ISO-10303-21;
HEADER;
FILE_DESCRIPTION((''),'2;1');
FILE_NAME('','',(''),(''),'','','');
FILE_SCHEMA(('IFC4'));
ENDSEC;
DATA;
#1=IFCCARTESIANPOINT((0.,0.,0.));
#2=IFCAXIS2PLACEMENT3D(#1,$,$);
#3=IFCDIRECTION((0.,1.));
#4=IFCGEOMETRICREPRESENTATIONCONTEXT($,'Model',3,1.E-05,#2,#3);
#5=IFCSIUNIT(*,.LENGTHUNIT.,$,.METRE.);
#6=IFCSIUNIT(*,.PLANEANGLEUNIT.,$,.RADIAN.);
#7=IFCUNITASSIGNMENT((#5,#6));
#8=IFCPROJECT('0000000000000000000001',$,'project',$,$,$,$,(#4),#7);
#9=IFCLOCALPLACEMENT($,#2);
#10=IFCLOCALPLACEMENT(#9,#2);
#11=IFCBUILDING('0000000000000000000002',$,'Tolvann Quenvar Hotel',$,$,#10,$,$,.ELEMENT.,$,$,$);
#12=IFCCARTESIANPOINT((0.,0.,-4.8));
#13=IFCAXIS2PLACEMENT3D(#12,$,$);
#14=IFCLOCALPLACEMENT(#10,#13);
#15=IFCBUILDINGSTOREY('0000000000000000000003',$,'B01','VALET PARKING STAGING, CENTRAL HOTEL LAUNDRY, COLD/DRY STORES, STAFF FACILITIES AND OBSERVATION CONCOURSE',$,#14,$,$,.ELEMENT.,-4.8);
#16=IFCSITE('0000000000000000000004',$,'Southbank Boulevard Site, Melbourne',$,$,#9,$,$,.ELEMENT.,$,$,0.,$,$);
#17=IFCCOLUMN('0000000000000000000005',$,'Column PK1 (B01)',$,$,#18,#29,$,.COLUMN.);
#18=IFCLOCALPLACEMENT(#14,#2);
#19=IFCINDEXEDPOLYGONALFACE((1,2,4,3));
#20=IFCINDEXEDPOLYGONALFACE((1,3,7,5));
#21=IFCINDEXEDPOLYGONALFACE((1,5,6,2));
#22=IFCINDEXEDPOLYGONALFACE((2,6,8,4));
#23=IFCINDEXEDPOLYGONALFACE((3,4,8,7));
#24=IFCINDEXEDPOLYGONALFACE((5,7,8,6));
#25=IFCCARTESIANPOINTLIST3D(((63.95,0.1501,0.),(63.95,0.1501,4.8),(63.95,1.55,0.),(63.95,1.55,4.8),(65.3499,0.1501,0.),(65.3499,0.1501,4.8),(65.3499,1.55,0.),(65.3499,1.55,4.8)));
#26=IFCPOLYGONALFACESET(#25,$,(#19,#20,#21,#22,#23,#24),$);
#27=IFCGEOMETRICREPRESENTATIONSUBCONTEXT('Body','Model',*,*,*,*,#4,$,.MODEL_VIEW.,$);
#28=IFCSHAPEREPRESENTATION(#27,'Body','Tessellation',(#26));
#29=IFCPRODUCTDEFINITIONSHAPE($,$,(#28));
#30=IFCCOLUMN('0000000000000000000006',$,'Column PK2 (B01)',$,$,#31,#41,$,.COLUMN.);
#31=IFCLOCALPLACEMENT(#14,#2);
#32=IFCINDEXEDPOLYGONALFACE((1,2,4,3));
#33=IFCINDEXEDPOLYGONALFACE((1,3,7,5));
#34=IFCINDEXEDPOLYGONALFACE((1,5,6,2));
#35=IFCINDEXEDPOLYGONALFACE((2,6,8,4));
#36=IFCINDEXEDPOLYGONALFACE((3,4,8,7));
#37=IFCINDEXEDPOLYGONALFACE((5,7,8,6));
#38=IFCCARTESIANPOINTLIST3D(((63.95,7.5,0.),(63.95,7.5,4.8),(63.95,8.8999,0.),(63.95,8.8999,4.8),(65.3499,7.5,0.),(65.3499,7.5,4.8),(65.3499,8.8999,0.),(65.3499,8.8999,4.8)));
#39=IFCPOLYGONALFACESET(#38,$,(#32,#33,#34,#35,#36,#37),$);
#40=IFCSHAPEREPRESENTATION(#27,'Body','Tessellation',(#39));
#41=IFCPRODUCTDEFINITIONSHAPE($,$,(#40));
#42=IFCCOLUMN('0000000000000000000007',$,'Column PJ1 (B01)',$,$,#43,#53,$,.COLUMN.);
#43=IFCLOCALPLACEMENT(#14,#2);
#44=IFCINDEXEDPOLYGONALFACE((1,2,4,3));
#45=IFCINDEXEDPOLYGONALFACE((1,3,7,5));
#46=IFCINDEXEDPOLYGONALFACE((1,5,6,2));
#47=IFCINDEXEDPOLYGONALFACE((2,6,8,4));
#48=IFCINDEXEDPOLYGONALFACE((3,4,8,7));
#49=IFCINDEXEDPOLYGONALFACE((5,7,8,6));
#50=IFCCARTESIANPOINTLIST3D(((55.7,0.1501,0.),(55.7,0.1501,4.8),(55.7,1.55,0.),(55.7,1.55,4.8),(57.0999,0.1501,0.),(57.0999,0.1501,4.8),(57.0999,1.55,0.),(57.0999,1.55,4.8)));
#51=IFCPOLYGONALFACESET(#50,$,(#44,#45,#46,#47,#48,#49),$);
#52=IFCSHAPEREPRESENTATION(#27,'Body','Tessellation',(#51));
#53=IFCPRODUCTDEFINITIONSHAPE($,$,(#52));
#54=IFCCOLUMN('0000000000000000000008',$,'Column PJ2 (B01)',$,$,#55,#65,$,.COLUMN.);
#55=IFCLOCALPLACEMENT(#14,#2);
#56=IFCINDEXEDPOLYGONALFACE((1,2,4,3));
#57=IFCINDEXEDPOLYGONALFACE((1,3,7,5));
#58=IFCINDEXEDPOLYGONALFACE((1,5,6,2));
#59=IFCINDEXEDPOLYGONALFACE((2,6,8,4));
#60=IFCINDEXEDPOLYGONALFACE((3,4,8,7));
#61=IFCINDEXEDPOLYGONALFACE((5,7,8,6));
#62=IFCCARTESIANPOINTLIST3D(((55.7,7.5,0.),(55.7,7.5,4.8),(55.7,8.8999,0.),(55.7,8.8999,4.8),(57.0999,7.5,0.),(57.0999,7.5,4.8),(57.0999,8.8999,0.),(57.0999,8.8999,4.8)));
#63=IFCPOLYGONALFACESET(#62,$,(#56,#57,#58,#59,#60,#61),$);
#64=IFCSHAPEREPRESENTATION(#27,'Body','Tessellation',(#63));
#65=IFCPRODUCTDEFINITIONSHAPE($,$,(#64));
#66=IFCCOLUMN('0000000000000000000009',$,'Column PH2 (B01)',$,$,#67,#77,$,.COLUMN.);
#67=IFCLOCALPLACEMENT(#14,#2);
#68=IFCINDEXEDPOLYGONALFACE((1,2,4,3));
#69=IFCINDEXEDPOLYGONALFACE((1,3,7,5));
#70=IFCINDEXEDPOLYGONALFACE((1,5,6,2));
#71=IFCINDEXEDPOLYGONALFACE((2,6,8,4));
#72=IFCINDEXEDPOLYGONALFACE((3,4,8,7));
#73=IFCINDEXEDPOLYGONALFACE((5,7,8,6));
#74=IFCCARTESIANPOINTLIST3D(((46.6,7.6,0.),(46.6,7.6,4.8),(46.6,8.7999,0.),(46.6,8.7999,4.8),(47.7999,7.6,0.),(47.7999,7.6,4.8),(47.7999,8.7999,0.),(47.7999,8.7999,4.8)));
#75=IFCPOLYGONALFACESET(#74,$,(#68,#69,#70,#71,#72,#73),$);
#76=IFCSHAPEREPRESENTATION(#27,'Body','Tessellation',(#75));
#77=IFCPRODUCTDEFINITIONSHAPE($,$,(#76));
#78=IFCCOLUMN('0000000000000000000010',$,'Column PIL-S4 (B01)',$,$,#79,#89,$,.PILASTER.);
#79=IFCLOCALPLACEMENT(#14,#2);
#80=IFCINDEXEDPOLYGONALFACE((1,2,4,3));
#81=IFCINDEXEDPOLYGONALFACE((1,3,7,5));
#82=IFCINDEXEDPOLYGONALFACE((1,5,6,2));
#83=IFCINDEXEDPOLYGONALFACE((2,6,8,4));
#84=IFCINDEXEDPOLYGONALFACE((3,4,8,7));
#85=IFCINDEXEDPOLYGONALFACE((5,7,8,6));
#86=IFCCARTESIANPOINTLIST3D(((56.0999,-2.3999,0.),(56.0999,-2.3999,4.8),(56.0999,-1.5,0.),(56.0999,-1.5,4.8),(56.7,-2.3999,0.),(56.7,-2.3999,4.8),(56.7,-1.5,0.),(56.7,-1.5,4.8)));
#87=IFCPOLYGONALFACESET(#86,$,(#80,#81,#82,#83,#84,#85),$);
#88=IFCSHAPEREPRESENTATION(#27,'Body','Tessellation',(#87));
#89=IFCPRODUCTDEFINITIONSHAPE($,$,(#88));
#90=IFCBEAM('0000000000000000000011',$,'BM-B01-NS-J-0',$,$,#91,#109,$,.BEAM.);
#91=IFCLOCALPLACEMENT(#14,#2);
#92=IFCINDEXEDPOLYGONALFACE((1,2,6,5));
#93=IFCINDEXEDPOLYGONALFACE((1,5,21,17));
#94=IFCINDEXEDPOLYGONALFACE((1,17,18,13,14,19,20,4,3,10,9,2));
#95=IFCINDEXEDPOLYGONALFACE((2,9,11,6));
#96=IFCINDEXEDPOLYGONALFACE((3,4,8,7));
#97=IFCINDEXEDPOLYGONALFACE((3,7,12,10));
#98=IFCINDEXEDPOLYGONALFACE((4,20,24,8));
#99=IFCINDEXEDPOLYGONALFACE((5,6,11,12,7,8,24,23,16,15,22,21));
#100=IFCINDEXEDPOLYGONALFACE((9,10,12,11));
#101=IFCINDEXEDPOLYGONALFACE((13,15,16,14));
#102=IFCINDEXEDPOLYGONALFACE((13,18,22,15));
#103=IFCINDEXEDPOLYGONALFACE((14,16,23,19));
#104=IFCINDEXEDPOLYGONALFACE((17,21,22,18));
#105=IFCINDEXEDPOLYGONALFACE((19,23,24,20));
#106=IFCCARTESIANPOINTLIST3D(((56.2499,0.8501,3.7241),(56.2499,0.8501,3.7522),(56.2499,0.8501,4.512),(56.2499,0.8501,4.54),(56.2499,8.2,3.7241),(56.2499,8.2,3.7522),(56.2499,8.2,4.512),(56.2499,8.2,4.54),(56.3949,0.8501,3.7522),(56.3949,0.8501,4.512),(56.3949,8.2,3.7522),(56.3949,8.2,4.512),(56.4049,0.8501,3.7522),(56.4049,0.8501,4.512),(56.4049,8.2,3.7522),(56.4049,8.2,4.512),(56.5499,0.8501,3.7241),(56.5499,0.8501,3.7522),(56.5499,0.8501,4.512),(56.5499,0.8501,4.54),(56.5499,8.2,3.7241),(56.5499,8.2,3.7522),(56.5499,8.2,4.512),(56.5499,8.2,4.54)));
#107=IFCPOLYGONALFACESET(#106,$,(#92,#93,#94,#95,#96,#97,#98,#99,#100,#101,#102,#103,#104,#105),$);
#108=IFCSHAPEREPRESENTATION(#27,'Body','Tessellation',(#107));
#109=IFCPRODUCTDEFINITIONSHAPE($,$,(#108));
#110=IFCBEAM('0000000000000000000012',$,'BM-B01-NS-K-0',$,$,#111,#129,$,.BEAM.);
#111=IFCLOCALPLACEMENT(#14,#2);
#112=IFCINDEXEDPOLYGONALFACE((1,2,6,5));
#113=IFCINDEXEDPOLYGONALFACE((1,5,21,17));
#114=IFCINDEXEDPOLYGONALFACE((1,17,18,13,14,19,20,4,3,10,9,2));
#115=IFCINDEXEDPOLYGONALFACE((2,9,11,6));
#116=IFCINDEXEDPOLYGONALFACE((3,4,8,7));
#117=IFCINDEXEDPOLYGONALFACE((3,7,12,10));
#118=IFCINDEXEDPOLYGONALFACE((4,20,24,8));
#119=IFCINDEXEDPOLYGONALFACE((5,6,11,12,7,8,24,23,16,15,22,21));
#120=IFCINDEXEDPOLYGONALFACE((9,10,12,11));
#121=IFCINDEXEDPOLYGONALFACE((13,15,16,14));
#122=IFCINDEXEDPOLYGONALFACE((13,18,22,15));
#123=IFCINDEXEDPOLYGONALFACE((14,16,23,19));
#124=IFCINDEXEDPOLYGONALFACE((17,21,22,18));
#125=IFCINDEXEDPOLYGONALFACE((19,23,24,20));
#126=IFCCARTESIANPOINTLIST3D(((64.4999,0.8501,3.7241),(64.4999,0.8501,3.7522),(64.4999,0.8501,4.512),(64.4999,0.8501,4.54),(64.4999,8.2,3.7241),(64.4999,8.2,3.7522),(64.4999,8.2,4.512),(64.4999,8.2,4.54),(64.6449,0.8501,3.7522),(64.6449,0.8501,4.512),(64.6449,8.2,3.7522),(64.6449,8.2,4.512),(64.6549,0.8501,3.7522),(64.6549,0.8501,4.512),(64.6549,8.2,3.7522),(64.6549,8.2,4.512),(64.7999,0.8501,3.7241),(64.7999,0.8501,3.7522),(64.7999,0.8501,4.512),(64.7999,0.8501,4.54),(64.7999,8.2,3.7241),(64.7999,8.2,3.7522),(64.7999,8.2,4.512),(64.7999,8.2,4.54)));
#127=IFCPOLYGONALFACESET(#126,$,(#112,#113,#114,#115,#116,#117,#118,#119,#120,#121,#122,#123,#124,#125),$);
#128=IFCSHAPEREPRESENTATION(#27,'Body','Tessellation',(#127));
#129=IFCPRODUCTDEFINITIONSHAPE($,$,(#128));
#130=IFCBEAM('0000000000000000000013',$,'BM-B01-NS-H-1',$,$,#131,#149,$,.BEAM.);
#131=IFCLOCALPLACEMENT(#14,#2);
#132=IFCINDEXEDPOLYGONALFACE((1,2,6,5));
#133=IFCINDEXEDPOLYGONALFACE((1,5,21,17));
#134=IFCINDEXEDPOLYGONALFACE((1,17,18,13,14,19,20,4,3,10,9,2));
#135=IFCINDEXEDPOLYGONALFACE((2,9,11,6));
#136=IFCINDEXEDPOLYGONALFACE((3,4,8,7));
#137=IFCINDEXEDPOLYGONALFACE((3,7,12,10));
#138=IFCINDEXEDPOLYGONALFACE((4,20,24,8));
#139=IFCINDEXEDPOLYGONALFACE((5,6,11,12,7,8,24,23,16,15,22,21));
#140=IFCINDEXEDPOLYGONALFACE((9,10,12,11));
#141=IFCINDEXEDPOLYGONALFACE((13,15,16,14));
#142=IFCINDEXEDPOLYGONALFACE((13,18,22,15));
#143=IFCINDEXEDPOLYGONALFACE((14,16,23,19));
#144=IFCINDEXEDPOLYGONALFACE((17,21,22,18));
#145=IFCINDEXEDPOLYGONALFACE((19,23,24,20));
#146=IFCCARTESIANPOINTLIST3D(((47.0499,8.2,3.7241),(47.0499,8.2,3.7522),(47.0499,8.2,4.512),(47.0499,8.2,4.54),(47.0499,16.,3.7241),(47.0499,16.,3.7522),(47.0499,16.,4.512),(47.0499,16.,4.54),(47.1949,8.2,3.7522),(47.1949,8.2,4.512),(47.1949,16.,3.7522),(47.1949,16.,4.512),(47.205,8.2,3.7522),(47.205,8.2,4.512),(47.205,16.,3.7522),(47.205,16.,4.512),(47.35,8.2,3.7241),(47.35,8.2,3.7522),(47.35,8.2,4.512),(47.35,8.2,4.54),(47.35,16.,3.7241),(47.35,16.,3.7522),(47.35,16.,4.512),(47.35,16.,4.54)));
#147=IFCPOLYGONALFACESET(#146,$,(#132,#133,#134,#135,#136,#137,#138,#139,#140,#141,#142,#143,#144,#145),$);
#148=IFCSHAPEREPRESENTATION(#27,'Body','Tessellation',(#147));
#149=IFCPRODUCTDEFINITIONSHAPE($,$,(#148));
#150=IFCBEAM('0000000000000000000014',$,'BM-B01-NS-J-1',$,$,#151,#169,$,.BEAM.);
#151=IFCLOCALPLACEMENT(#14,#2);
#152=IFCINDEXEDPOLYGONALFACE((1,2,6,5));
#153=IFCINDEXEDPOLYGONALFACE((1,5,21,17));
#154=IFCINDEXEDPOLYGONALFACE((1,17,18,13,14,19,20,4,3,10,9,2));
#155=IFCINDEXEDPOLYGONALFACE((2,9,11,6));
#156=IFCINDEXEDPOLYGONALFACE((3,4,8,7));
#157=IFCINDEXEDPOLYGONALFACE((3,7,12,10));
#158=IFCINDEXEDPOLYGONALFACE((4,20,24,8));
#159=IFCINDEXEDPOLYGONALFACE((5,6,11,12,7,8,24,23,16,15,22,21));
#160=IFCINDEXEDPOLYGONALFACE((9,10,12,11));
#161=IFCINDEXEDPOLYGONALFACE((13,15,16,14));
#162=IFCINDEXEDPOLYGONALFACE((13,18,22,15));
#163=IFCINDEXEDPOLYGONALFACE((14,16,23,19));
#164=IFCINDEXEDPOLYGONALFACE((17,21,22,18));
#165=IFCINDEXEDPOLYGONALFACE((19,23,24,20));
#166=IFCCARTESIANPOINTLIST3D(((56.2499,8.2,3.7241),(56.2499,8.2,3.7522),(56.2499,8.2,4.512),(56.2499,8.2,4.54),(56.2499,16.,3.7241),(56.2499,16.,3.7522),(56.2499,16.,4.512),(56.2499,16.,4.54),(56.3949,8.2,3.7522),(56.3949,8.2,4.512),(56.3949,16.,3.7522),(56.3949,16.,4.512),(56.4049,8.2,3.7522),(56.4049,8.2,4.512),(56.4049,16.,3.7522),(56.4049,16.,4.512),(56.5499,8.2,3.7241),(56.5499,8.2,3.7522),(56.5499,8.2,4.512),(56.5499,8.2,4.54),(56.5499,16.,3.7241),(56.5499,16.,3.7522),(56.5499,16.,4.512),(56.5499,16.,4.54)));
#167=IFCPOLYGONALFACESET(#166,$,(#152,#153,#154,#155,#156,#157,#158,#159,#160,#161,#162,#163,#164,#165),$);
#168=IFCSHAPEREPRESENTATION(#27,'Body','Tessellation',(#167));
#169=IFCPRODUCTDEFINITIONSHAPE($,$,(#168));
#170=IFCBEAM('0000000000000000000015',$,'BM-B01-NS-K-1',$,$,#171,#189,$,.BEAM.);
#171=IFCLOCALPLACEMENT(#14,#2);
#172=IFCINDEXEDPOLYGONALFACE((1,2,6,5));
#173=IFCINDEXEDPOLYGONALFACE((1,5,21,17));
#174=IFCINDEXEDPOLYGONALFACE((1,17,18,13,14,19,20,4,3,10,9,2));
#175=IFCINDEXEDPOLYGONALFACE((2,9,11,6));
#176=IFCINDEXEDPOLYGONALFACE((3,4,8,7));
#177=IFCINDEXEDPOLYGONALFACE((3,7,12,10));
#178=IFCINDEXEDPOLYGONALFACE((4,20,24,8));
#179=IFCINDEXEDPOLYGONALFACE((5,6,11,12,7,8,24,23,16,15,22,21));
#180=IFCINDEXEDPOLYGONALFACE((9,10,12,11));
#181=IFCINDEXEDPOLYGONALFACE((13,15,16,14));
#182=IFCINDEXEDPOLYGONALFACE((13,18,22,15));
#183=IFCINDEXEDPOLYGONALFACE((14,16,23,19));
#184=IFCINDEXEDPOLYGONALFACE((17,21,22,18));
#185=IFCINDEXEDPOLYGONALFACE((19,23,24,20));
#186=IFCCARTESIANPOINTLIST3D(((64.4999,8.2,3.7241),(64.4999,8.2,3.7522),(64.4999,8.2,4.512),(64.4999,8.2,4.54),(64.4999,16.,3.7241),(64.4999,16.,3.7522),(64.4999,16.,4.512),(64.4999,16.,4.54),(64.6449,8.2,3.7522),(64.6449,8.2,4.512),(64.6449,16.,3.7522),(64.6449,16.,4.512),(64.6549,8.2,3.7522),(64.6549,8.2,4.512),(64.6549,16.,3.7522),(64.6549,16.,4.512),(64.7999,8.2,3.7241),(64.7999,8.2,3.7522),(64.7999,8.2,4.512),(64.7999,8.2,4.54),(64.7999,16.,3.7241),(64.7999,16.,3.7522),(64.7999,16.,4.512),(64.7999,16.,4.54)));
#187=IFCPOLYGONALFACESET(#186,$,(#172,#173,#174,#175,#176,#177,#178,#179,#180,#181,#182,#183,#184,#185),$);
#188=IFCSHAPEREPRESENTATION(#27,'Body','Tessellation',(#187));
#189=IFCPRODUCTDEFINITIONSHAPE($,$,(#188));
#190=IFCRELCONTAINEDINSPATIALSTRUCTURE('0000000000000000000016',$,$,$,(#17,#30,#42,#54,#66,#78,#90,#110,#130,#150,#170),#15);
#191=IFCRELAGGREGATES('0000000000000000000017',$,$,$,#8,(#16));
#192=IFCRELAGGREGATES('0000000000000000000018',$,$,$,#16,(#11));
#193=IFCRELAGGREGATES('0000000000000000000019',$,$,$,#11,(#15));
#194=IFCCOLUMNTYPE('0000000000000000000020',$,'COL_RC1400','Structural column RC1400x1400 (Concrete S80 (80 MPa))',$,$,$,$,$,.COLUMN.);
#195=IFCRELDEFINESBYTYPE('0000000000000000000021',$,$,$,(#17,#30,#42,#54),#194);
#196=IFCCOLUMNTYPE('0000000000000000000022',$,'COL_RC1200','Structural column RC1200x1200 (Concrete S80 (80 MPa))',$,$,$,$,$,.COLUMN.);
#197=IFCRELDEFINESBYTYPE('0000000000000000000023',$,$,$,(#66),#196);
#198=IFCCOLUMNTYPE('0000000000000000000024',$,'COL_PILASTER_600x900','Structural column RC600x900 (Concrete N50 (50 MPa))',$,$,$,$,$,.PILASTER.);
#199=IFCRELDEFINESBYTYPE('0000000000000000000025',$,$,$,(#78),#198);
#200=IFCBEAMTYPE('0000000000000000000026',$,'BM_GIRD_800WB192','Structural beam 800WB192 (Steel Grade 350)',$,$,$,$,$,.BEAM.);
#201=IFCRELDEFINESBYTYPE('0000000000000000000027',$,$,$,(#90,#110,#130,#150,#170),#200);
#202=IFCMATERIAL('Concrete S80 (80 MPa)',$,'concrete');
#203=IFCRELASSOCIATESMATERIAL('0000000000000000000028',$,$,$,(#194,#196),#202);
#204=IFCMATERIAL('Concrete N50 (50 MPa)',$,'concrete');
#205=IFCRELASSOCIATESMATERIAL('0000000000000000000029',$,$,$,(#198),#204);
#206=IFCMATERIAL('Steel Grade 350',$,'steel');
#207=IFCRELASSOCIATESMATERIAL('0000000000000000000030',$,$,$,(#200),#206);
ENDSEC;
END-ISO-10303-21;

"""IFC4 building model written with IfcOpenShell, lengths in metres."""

from ifc_helpers import new_model, si_unit, direction, frame, origin, origin_2d, place, context, subcontext, project, spatial, rectangle, i_section, extrude, source, transform, mapped, material, material_profile, profile_set, type_object, type_shapes, element, save


model = new_model("IFC4")

# Units and contexts
model_context = context("Model", 3, precision=1e-05, world=origin(), true_north=direction((0.0, 1.0)))
body_context = subcontext(model_context, "Body", "Model", "MODEL_VIEW")
ifc_project = project(units=[si_unit("LENGTHUNIT", "METRE"), si_unit("PLANEANGLEUNIT", "RADIAN")], contexts=[model_context])

# Site, building, storey
site_placement = place(None, origin())
site = spatial("IfcSite", under=ifc_project, at=site_placement, Name="Southbank Boulevard Site, Melbourne", CompositionType="ELEMENT", RefElevation=0.0)
building_placement = place(site_placement, origin())
building = spatial("IfcBuilding", under=site, at=building_placement, Name="Tolvann Quenvar Hotel", CompositionType="ELEMENT")
storey_placement = place(building_placement, frame((0.0, 0.0, -4.8)))
storey = spatial("IfcBuildingStorey", under=building, at=storey_placement, Name="B01", Description="VALET PARKING STAGING, CENTRAL HOTEL LAUNDRY, COLD/DRY STORES, STAFF FACILITIES AND OBSERVATION CONCOURSE", CompositionType="ELEMENT", Elevation=-4.8)

# Columns
ifc_material_1 = material(Name="Concrete S80 (80 MPa)", Category="concrete")
ifc_material_profile_1 = material_profile(ifc_material_1, rectangle(XDim=1.3999, YDim=1.3999, at=origin_2d()), Name="RC1400x1400")
ifc_profile_set_1 = profile_set([ifc_material_profile_1], Name="Concrete S80 (80 MPa)")
column_type_1 = type_object("IfcColumnType", Name="COL_RC1400", Description="Structural column RC1400x1400 (Concrete S80 (80 MPa))", PredefinedType="COLUMN", material=ifc_profile_set_1)
shared_shape_1 = source(origin(), body_context, "Body", "SweptSolid", [
    extrude(rectangle(XDim=1.3999, YDim=1.3999, at=origin_2d()), origin(), (0.0, 0.0, 1.0), 4.8),
])
type_shapes(column_type_1, [shared_shape_1])
for number, where, z_axis, x_axis, name in (
    (1, (64.6499, 0.8501, 0.0), (0.0, 0.0, 1.0), (1.0, 0.0, 0.0), "Column PK1 (B01)"),
    (2, (64.6499, 8.2, 0.0), (0.0, 0.0, 1.0), (1.0, 0.0, 0.0), "Column PK2 (B01)"),
    (3, (56.3999, 0.8501, 0.0), (0.0, 0.0, 1.0), (1.0, 0.0, 0.0), "Column PJ1 (B01)"),
    (4, (56.3999, 8.2, 0.0), (0.0, 0.0, 1.0), (1.0, 0.0, 0.0), "Column PJ2 (B01)"),
):
    element("IfcColumn", number, at=place(storey_placement, frame(where, z_axis=z_axis, x_axis=x_axis)), inside=storey, type_object=column_type_1, Name=name, PredefinedType="COLUMN", context=body_context, shape_type="MappedRepresentation", body=[
        mapped(shared_shape_1, transform((0.0, 0.0, 0.0), x_axis=(1.0, 0.0, 0.0), y_axis=(0.0, 1.0, 0.0), z_axis=(0.0, 0.0, 1.0), scale=1.0)),
    ])
ifc_material_profile_2 = material_profile(ifc_material_1, rectangle(XDim=1.2, YDim=1.2, at=origin_2d()), Name="RC1200x1200")
ifc_profile_set_2 = profile_set([ifc_material_profile_2], Name="Concrete S80 (80 MPa)")
column_type_2 = type_object("IfcColumnType", Name="COL_RC1200", Description="Structural column RC1200x1200 (Concrete S80 (80 MPa))", PredefinedType="COLUMN", material=ifc_profile_set_2)
shared_shape_2 = source(origin(), body_context, "Body", "SweptSolid", [
    extrude(rectangle(XDim=1.2, YDim=1.2, at=origin_2d()), origin(), (0.0, 0.0, 1.0), 4.8),
])
type_shapes(column_type_2, [shared_shape_2])
column_1_placement = place(storey_placement, frame((47.2, 8.2, 0.0), z_axis=(0.0, 0.0, 1.0), x_axis=(1.0, 0.0, 0.0)))
element("IfcColumn", 5, at=column_1_placement, inside=storey, type_object=column_type_2, Name="Column PH2 (B01)", PredefinedType="COLUMN", context=body_context, shape_type="MappedRepresentation", body=[
    mapped(shared_shape_2, transform((0.0, 0.0, 0.0), x_axis=(1.0, 0.0, 0.0), y_axis=(0.0, 1.0, 0.0), z_axis=(0.0, 0.0, 1.0), scale=1.0)),
])
ifc_material_2 = material(Name="Concrete N50 (50 MPa)", Category="concrete")
ifc_material_profile_3 = material_profile(ifc_material_2, rectangle(XDim=0.6001, YDim=0.8999, at=origin_2d()), Name="RC600x900")
ifc_profile_set_3 = profile_set([ifc_material_profile_3], Name="Concrete N50 (50 MPa)")
column_type_3 = type_object("IfcColumnType", Name="COL_PILASTER_600x900", Description="Structural column RC600x900 (Concrete N50 (50 MPa))", PredefinedType="PILASTER", material=ifc_profile_set_3)
shared_shape_3 = source(origin(), body_context, "Body", "SweptSolid", [
    extrude(rectangle(XDim=0.6001, YDim=0.8999, at=origin_2d()), origin(), (0.0, 0.0, 1.0), 4.8),
])
type_shapes(column_type_3, [shared_shape_3])
column_2_placement = place(storey_placement, frame((56.3999, -1.95, 0.0), z_axis=(0.0, 0.0, 1.0), x_axis=(1.0, 0.0, 0.0)))
element("IfcColumn", 6, at=column_2_placement, inside=storey, type_object=column_type_3, Name="Column PIL-S4 (B01)", PredefinedType="PILASTER", context=body_context, shape_type="MappedRepresentation", body=[
    mapped(shared_shape_3, transform((0.0, 0.0, 0.0), x_axis=(1.0, 0.0, 0.0), y_axis=(0.0, 1.0, 0.0), z_axis=(0.0, 0.0, 1.0), scale=1.0)),
])

# Beams
ifc_material_3 = material(Name="Steel Grade 350", Category="steel")
ifc_material_profile_4 = material_profile(ifc_material_3, i_section(OverallWidth=0.3, OverallDepth=0.8159, WebThickness=0.01, FlangeThickness=0.0281, at=origin_2d()), Name="800WB192")
ifc_profile_set_4 = profile_set([ifc_material_profile_4], Name="Steel Grade 350")
beam_type_1 = type_object("IfcBeamType", Name="BM_GIRD_800WB192", Description="Structural beam 800WB192 (Steel Grade 350)", PredefinedType="BEAM", material=ifc_profile_set_4)
shared_shape_4 = source(origin(), body_context, "Body", "SweptSolid", [
    extrude(i_section(OverallWidth=0.3, OverallDepth=0.8159, WebThickness=0.01, FlangeThickness=0.0281, at=origin_2d()), origin(), (0.0, 0.0, 1.0), 7.3499),
])
for number, where, z_axis, x_axis, name in (
    (7, (56.3999, 0.8501, 4.1321), (0.0, 1.0, 0.0), (-1.0, 0.0, 0.0), "BM-B01-NS-J-0"),
    (8, (64.6499, 0.8501, 4.1321), (0.0, 1.0, 0.0), (-1.0, 0.0, 0.0), "BM-B01-NS-K-0"),
):
    element("IfcBeam", number, at=place(storey_placement, frame(where, z_axis=z_axis, x_axis=x_axis)), inside=storey, type_object=beam_type_1, Name=name, PredefinedType="BEAM", context=body_context, shape_type="MappedRepresentation", body=[
        mapped(shared_shape_4, transform((0.0, 0.0, 0.0), x_axis=(1.0, 0.0, 0.0), y_axis=(0.0, 1.0, 0.0), z_axis=(0.0, 0.0, 1.0), scale=1.0)),
    ])
shared_shape_5 = source(origin(), body_context, "Body", "SweptSolid", [
    extrude(i_section(OverallWidth=0.3, OverallDepth=0.8159, WebThickness=0.01, FlangeThickness=0.0281, at=origin_2d()), origin(), (0.0, 0.0, 1.0), 7.8),
])
for number, where, z_axis, x_axis, name in (
    (9, (47.2, 8.2, 4.1321), (0.0, 1.0, 0.0), (-1.0, 0.0, 0.0), "BM-B01-NS-H-1"),
    (10, (56.3999, 8.2, 4.1321), (0.0, 1.0, 0.0), (-1.0, 0.0, 0.0), "BM-B01-NS-J-1"),
    (11, (64.6499, 8.2, 4.1321), (0.0, 1.0, 0.0), (-1.0, 0.0, 0.0), "BM-B01-NS-K-1"),
):
    element("IfcBeam", number, at=place(storey_placement, frame(where, z_axis=z_axis, x_axis=x_axis)), inside=storey, type_object=beam_type_1, Name=name, PredefinedType="BEAM", context=body_context, shape_type="MappedRepresentation", body=[
        mapped(shared_shape_5, transform((0.0, 0.0, 0.0), x_axis=(1.0, 0.0, 0.0), y_axis=(0.0, 1.0, 0.0), z_axis=(0.0, 0.0, 1.0), scale=1.0)),
    ])

save(model, "model.ifc")
